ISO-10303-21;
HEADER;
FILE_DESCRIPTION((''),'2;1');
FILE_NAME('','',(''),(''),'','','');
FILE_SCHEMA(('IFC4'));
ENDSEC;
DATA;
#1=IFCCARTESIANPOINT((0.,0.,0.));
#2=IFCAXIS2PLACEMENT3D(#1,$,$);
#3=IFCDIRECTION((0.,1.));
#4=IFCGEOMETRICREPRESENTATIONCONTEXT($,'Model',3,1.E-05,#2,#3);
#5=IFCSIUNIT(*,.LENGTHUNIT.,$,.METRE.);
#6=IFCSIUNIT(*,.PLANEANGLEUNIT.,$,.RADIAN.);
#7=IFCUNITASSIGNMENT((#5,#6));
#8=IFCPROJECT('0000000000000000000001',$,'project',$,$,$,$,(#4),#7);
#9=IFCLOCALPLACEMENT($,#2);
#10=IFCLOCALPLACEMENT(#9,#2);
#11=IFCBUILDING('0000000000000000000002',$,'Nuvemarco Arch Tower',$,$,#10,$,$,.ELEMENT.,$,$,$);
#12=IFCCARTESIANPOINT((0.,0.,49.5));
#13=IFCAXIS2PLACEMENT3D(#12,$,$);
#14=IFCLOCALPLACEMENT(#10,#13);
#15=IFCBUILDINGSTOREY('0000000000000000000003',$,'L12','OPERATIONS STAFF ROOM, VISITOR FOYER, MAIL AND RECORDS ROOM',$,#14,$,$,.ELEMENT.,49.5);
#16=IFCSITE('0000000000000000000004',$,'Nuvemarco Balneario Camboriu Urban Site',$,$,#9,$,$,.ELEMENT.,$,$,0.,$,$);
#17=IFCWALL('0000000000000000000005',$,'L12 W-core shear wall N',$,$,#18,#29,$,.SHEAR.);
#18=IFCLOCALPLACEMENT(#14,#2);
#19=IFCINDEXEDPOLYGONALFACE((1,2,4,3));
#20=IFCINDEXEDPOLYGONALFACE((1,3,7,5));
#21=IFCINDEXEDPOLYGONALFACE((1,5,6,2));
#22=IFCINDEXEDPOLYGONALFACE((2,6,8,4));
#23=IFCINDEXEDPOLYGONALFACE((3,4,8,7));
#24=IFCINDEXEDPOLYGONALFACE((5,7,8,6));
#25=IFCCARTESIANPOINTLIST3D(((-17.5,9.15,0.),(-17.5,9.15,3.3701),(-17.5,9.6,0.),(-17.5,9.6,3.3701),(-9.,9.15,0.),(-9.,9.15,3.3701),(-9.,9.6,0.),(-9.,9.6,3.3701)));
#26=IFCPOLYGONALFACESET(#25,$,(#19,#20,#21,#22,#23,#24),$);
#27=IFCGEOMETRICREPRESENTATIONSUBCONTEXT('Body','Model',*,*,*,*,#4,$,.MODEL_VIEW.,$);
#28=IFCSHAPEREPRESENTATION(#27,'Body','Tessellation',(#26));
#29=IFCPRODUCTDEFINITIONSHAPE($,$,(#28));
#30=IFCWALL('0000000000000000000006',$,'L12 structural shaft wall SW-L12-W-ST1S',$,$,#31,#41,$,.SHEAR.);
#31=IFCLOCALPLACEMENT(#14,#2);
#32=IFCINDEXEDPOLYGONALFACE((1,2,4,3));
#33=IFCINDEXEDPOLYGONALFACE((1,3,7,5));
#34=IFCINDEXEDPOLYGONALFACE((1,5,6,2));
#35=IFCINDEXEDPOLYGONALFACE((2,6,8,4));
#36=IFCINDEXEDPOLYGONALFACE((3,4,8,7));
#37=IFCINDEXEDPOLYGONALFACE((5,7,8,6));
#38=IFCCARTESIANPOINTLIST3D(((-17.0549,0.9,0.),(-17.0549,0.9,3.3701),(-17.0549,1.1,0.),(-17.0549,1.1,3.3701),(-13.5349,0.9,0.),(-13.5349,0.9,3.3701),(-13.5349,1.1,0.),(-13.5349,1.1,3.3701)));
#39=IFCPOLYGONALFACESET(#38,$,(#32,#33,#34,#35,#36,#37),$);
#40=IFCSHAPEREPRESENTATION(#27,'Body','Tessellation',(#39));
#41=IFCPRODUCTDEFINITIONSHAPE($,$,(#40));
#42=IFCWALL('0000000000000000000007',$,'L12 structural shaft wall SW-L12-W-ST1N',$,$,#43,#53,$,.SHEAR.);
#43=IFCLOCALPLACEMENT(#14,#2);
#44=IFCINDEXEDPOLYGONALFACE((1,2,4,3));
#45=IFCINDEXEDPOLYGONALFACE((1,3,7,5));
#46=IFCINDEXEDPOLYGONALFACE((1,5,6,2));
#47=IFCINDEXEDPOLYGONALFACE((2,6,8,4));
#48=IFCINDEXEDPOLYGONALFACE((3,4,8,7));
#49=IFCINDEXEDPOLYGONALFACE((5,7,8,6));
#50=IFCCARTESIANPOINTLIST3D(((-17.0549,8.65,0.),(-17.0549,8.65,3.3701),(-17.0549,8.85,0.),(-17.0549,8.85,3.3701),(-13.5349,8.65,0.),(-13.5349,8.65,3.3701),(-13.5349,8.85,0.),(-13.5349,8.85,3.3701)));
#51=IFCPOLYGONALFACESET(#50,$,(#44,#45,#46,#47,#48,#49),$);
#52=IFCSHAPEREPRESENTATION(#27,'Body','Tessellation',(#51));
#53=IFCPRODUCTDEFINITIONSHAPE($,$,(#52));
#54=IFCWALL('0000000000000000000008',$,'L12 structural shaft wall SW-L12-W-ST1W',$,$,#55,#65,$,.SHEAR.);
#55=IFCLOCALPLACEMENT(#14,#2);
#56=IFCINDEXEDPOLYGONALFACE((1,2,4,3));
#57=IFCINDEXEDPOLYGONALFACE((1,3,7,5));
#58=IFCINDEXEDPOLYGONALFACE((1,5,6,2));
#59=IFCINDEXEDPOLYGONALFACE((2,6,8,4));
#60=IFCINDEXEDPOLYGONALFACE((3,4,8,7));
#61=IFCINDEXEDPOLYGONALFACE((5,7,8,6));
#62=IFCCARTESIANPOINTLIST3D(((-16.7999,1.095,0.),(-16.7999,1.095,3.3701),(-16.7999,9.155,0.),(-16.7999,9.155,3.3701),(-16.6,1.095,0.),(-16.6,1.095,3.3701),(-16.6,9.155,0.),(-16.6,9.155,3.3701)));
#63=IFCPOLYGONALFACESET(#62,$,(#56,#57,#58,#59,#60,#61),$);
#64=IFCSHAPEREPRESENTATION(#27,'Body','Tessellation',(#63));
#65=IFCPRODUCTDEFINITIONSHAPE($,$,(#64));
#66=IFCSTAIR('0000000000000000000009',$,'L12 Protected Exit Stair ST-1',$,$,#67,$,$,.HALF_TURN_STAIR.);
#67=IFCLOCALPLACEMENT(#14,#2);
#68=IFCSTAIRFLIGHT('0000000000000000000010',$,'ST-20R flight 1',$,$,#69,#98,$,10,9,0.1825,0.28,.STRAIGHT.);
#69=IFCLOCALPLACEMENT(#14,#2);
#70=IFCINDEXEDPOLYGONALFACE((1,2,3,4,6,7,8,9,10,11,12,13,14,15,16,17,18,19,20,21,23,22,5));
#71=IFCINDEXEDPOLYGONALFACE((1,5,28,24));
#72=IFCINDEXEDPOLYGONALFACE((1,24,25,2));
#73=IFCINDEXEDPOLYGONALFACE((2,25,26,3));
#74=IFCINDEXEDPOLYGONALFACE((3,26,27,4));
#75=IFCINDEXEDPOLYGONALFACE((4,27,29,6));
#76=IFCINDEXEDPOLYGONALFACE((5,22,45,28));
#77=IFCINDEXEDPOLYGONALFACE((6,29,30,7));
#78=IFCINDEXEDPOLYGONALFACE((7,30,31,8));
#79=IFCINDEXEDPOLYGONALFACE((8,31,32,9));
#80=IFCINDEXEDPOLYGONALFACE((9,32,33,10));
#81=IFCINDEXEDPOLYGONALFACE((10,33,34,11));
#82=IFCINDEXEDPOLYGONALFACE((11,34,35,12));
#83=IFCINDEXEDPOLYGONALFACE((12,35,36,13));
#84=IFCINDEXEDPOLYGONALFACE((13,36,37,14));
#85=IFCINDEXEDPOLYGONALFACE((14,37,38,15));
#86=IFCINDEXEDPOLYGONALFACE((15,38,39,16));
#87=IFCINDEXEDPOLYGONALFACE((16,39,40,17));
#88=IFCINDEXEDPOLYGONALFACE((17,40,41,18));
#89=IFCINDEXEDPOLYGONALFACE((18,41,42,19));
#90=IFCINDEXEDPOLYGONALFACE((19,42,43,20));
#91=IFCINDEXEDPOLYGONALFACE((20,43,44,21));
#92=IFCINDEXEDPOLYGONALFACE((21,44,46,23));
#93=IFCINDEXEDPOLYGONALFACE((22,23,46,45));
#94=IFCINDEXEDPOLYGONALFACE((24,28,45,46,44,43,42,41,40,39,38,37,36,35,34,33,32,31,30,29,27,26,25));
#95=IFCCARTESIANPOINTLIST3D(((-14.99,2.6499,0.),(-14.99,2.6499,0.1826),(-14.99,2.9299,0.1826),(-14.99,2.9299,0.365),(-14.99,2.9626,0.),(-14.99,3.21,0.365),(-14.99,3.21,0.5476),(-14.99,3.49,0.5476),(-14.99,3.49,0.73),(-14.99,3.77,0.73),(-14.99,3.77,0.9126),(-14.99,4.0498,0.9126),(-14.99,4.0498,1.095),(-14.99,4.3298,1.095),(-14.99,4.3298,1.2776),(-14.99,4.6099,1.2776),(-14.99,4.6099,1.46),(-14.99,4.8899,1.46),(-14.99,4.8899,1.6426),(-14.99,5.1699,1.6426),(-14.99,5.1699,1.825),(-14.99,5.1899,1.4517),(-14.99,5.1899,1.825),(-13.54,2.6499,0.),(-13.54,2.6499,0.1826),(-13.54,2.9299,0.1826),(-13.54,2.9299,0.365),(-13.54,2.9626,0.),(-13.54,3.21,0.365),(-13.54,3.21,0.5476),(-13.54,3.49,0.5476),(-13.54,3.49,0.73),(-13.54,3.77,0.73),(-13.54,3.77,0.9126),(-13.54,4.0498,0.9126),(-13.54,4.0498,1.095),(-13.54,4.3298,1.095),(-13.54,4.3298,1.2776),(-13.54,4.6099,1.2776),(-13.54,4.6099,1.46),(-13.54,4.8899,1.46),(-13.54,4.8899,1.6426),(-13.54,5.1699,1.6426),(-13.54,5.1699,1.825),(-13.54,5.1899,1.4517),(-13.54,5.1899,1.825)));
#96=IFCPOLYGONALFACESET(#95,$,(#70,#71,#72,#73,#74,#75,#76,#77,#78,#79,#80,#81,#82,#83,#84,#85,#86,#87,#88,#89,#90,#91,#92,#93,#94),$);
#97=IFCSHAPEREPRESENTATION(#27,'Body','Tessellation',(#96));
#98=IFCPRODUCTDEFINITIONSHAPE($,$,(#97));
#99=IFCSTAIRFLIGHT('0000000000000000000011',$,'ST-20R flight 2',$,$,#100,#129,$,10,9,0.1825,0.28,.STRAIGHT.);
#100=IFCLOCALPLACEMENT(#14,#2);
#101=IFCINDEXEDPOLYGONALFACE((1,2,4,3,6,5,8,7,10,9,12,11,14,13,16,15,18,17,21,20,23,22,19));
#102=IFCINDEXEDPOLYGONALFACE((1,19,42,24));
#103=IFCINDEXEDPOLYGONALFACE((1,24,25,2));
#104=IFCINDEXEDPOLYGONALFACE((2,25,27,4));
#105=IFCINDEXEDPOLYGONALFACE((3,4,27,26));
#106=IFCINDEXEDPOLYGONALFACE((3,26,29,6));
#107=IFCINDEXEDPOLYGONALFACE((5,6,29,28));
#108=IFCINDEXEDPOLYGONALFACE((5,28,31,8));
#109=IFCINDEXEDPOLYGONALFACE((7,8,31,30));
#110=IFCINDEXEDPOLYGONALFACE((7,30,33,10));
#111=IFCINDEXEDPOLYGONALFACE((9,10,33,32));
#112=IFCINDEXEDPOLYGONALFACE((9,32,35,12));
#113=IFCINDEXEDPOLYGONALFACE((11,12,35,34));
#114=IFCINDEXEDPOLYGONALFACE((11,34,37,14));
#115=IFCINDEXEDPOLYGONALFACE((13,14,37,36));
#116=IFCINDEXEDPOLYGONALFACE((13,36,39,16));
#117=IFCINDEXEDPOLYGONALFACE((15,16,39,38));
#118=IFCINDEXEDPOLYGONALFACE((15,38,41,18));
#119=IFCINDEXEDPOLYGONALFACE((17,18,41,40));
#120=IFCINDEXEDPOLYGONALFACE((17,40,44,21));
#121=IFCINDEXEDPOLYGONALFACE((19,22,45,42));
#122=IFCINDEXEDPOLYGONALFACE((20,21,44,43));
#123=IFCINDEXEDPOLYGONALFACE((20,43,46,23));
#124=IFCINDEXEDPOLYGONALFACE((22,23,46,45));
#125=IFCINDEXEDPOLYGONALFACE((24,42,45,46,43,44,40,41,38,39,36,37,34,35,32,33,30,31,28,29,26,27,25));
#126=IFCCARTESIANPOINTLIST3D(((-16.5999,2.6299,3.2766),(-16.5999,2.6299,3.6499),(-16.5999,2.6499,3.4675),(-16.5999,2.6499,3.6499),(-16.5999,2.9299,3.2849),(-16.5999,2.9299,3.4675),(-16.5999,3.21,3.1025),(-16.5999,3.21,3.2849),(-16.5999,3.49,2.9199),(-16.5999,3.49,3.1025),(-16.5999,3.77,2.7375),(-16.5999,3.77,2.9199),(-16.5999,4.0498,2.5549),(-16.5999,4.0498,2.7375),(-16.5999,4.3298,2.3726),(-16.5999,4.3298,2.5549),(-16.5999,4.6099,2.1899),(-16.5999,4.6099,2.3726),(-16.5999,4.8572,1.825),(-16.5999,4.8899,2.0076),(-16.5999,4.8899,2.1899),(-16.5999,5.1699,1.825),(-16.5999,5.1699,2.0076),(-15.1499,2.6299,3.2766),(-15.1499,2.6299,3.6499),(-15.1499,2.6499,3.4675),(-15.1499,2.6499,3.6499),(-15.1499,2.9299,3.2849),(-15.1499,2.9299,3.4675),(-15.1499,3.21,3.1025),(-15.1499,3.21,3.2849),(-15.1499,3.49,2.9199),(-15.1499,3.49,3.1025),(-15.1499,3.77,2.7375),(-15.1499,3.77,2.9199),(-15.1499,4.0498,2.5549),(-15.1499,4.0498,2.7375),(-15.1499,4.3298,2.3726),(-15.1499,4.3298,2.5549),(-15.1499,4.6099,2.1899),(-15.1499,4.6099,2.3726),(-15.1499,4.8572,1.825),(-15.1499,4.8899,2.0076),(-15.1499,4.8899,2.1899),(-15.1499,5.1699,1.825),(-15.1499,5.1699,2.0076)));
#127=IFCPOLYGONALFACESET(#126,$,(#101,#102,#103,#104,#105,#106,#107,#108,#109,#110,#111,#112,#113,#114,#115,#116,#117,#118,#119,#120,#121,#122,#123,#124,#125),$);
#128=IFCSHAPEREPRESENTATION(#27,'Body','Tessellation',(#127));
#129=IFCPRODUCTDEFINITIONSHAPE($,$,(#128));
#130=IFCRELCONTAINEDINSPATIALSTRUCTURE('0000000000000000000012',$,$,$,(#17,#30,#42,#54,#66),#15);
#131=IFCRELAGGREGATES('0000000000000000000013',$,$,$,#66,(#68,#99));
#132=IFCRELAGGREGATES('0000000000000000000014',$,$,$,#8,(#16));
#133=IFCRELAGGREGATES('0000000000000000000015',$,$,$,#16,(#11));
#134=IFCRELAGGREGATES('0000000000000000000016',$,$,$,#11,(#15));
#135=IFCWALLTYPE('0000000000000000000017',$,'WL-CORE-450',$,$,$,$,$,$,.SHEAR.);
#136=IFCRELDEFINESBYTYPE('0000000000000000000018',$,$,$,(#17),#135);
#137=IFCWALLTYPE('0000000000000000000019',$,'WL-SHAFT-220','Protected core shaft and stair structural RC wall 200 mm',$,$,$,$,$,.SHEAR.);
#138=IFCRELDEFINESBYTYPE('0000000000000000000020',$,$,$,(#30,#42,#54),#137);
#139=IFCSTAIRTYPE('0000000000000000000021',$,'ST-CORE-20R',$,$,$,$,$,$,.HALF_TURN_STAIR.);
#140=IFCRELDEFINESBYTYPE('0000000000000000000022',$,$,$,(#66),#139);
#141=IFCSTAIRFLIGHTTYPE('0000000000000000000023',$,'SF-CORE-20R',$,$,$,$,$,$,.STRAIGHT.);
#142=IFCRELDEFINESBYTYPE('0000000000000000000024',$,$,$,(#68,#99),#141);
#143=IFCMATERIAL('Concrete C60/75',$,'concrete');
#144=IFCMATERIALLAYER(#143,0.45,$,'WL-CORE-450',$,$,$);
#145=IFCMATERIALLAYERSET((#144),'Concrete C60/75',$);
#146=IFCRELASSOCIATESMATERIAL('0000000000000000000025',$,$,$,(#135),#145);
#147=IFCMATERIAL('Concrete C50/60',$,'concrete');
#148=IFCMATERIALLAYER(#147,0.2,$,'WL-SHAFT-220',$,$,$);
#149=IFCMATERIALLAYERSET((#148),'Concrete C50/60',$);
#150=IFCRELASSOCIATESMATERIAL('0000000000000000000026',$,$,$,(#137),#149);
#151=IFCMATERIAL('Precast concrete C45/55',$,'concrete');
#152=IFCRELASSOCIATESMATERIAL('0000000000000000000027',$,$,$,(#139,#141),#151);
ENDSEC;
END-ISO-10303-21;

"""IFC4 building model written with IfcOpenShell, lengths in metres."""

from ifc_helpers import new_model, si_unit, direction, frame, frame_2d, origin, place, context, subcontext, project, spatial, polyline, rectangle, outline, extrude, material, layer, layer_set, type_object, element, aggregate, save


model = new_model("IFC4")

# Units and contexts
model_context = context("Model", 3, precision=1e-05, world=origin(), true_north=direction((0.0, 1.0)))
body_context = subcontext(model_context, "Body", "Model", "MODEL_VIEW")
ifc_project = project(units=[si_unit("LENGTHUNIT", "METRE"), si_unit("PLANEANGLEUNIT", "RADIAN")], contexts=[model_context])

# Site, building, storey
site_placement = place(None, origin())
site = spatial("IfcSite", under=ifc_project, at=site_placement, Name="Nuvemarco Balneario Camboriu Urban Site", CompositionType="ELEMENT", RefElevation=0.0)
building_placement = place(site_placement, origin())
building = spatial("IfcBuilding", under=site, at=building_placement, Name="Nuvemarco Arch Tower", CompositionType="ELEMENT")
storey_placement = place(building_placement, frame((0.0, 0.0, 49.5)))
storey = spatial("IfcBuildingStorey", under=building, at=storey_placement, Name="L12", Description="OPERATIONS STAFF ROOM, VISITOR FOYER, MAIL AND RECORDS ROOM", CompositionType="ELEMENT", Elevation=49.5)

# Shared definitions
ifc_material_1 = material(Name="Concrete C60/75", Category="concrete")

# Shared definitions
ifc_material_2 = material(Name="Precast concrete C45/55", Category="concrete")

# Walls
ifc_layer_1 = layer(ifc_material_1, 0.45, Name="WL-CORE-450")
ifc_layer_set_1 = layer_set([ifc_layer_1], Name="Concrete C60/75")
wall_type_1 = type_object("IfcWallType", Name="WL-CORE-450", PredefinedType="SHEAR", material=ifc_layer_set_1)
wall_1_placement = place(storey_placement, frame((-17.5, 9.375, 0.0), z_axis=(0.0, 0.0, 1.0), x_axis=(1.0, 0.0, 0.0)))
element("IfcWall", 1, at=wall_1_placement, inside=storey, type_object=wall_type_1, Name="L12 W-core shear wall N", PredefinedType="SHEAR", context=body_context, shape_type="SweptSolid", body=[
    extrude(rectangle(XDim=8.5, YDim=0.45, at=frame_2d((4.25, 0.0))), origin(), (0.0, 0.0, 1.0), 3.3701),
])
ifc_material_3 = material(Name="Concrete C50/60", Category="concrete")
ifc_layer_2 = layer(ifc_material_3, 0.2, Name="WL-SHAFT-220")
ifc_layer_set_2 = layer_set([ifc_layer_2], Name="Concrete C50/60")
wall_type_2 = type_object("IfcWallType", Name="WL-SHAFT-220", Description="Protected core shaft and stair structural RC wall 200 mm", PredefinedType="SHEAR", material=ifc_layer_set_2)
for number, where, z_axis, x_axis, name in (
    (2, (-17.0549, 1.0, 0.0), (0.0, 0.0, 1.0), (1.0, 0.0, 0.0), "L12 structural shaft wall SW-L12-W-ST1S"),
    (3, (-17.0549, 8.75, 0.0), (0.0, 0.0, 1.0), (1.0, 0.0, 0.0), "L12 structural shaft wall SW-L12-W-ST1N"),
):
    element("IfcWall", number, at=place(storey_placement, frame(where, z_axis=z_axis, x_axis=x_axis)), inside=storey, type_object=wall_type_2, Name=name, PredefinedType="SHEAR", context=body_context, shape_type="SweptSolid", body=[
        extrude(rectangle(XDim=3.52, YDim=0.2, at=frame_2d((1.76, 0.0))), origin(), (0.0, 0.0, 1.0), 3.3701),
    ])
wall_2_placement = place(storey_placement, frame((-16.7, 1.095, 0.0), z_axis=(0.0, 0.0, 1.0), x_axis=(0.0, 1.0, 0.0)))
element("IfcWall", 4, at=wall_2_placement, inside=storey, type_object=wall_type_2, Name="L12 structural shaft wall SW-L12-W-ST1W", PredefinedType="SHEAR", context=body_context, shape_type="SweptSolid", body=[
    extrude(rectangle(XDim=8.0601, YDim=0.2, at=frame_2d((4.03, 0.0))), origin(), (0.0, 0.0, 1.0), 3.3701),
])

# Stair, stair flights
stair_type = type_object("IfcStairType", Name="ST-CORE-20R", PredefinedType="HALF_TURN_STAIR", material=ifc_material_2)
stair_placement = place(storey_placement, origin())
stair = element("IfcStair", 5, at=stair_placement, inside=storey, type_object=stair_type, Name="L12 Protected Exit Stair ST-1", PredefinedType="HALF_TURN_STAIR")
stair_flight_type = type_object("IfcStairFlightType", Name="SF-CORE-20R", PredefinedType="STRAIGHT", material=ifc_material_2)
stair_flight_1_placement = place(storey_placement, frame((-14.2649, 2.6499, 0.0), z_axis=(0.0, 0.0, 1.0), x_axis=(0.0, 1.0, 0.0)))
stair_flight_1 = element("IfcStairFlight", 6, at=stair_flight_1_placement, type_object=stair_flight_type, Name="ST-20R flight 1", NumberOfRisers=10, NumberOfTreads=9, PredefinedType="STRAIGHT", RiserHeight=0.1825, TreadLength=0.28, context=body_context, shape_type="SweptSolid", body=[
    extrude(outline(polyline([(0.0, 0.0), (0.0, 0.1826), (0.28, 0.1826), (0.28, 0.365), (0.5601, 0.365), (0.5601, 0.5476), (0.8401, 0.5476), (0.8401, 0.73), (1.1201, 0.73), (1.1201, 0.9126), (1.3999, 0.9126), (1.3999, 1.095), (1.6799, 1.095), (1.6799, 1.2776), (1.96, 1.2776), (1.96, 1.46), (2.24, 1.46), (2.24, 1.6426), (2.52, 1.6426), (2.52, 1.825), (2.54, 1.825), (2.54, 1.4517), (0.3127, 0.0), (0.0, 0.0)])), frame((0.0, 0.7251, 0.0), z_axis=(0.0, -1.0, 0.0), x_axis=(1.0, 0.0, 0.0)), (0.0, 0.0, 1.0), 1.45),
])
stair_flight_2_placement = place(storey_placement, frame((-15.875, 5.1699, 1.825), z_axis=(0.0, 0.0, 1.0), x_axis=(0.0, -1.0, 0.0)))
stair_flight_2 = element("IfcStairFlight", 7, at=stair_flight_2_placement, type_object=stair_flight_type, Name="ST-20R flight 2", NumberOfRisers=10, NumberOfTreads=9, PredefinedType="STRAIGHT", RiserHeight=0.1825, TreadLength=0.28, context=body_context, shape_type="SweptSolid", body=[
    extrude(outline(polyline([(0.0, 0.0), (0.0, 0.1826), (0.28, 0.1826), (0.28, 0.365), (0.5601, 0.365), (0.5601, 0.5476), (0.8401, 0.5476), (0.8401, 0.73), (1.1201, 0.73), (1.1201, 0.9126), (1.3999, 0.9126), (1.3999, 1.095), (1.6799, 1.095), (1.6799, 1.2776), (1.96, 1.2776), (1.96, 1.46), (2.24, 1.46), (2.24, 1.6426), (2.52, 1.6426), (2.52, 1.825), (2.54, 1.825), (2.54, 1.4517), (0.3127, 0.0), (0.0, 0.0)])), frame((0.0, 0.7251, 0.0), z_axis=(0.0, -1.0, 0.0), x_axis=(1.0, 0.0, 0.0)), (0.0, 0.0, 1.0), 1.45),
])
aggregate(stair, [stair_flight_1, stair_flight_2])

save(model, "model.ifc")
